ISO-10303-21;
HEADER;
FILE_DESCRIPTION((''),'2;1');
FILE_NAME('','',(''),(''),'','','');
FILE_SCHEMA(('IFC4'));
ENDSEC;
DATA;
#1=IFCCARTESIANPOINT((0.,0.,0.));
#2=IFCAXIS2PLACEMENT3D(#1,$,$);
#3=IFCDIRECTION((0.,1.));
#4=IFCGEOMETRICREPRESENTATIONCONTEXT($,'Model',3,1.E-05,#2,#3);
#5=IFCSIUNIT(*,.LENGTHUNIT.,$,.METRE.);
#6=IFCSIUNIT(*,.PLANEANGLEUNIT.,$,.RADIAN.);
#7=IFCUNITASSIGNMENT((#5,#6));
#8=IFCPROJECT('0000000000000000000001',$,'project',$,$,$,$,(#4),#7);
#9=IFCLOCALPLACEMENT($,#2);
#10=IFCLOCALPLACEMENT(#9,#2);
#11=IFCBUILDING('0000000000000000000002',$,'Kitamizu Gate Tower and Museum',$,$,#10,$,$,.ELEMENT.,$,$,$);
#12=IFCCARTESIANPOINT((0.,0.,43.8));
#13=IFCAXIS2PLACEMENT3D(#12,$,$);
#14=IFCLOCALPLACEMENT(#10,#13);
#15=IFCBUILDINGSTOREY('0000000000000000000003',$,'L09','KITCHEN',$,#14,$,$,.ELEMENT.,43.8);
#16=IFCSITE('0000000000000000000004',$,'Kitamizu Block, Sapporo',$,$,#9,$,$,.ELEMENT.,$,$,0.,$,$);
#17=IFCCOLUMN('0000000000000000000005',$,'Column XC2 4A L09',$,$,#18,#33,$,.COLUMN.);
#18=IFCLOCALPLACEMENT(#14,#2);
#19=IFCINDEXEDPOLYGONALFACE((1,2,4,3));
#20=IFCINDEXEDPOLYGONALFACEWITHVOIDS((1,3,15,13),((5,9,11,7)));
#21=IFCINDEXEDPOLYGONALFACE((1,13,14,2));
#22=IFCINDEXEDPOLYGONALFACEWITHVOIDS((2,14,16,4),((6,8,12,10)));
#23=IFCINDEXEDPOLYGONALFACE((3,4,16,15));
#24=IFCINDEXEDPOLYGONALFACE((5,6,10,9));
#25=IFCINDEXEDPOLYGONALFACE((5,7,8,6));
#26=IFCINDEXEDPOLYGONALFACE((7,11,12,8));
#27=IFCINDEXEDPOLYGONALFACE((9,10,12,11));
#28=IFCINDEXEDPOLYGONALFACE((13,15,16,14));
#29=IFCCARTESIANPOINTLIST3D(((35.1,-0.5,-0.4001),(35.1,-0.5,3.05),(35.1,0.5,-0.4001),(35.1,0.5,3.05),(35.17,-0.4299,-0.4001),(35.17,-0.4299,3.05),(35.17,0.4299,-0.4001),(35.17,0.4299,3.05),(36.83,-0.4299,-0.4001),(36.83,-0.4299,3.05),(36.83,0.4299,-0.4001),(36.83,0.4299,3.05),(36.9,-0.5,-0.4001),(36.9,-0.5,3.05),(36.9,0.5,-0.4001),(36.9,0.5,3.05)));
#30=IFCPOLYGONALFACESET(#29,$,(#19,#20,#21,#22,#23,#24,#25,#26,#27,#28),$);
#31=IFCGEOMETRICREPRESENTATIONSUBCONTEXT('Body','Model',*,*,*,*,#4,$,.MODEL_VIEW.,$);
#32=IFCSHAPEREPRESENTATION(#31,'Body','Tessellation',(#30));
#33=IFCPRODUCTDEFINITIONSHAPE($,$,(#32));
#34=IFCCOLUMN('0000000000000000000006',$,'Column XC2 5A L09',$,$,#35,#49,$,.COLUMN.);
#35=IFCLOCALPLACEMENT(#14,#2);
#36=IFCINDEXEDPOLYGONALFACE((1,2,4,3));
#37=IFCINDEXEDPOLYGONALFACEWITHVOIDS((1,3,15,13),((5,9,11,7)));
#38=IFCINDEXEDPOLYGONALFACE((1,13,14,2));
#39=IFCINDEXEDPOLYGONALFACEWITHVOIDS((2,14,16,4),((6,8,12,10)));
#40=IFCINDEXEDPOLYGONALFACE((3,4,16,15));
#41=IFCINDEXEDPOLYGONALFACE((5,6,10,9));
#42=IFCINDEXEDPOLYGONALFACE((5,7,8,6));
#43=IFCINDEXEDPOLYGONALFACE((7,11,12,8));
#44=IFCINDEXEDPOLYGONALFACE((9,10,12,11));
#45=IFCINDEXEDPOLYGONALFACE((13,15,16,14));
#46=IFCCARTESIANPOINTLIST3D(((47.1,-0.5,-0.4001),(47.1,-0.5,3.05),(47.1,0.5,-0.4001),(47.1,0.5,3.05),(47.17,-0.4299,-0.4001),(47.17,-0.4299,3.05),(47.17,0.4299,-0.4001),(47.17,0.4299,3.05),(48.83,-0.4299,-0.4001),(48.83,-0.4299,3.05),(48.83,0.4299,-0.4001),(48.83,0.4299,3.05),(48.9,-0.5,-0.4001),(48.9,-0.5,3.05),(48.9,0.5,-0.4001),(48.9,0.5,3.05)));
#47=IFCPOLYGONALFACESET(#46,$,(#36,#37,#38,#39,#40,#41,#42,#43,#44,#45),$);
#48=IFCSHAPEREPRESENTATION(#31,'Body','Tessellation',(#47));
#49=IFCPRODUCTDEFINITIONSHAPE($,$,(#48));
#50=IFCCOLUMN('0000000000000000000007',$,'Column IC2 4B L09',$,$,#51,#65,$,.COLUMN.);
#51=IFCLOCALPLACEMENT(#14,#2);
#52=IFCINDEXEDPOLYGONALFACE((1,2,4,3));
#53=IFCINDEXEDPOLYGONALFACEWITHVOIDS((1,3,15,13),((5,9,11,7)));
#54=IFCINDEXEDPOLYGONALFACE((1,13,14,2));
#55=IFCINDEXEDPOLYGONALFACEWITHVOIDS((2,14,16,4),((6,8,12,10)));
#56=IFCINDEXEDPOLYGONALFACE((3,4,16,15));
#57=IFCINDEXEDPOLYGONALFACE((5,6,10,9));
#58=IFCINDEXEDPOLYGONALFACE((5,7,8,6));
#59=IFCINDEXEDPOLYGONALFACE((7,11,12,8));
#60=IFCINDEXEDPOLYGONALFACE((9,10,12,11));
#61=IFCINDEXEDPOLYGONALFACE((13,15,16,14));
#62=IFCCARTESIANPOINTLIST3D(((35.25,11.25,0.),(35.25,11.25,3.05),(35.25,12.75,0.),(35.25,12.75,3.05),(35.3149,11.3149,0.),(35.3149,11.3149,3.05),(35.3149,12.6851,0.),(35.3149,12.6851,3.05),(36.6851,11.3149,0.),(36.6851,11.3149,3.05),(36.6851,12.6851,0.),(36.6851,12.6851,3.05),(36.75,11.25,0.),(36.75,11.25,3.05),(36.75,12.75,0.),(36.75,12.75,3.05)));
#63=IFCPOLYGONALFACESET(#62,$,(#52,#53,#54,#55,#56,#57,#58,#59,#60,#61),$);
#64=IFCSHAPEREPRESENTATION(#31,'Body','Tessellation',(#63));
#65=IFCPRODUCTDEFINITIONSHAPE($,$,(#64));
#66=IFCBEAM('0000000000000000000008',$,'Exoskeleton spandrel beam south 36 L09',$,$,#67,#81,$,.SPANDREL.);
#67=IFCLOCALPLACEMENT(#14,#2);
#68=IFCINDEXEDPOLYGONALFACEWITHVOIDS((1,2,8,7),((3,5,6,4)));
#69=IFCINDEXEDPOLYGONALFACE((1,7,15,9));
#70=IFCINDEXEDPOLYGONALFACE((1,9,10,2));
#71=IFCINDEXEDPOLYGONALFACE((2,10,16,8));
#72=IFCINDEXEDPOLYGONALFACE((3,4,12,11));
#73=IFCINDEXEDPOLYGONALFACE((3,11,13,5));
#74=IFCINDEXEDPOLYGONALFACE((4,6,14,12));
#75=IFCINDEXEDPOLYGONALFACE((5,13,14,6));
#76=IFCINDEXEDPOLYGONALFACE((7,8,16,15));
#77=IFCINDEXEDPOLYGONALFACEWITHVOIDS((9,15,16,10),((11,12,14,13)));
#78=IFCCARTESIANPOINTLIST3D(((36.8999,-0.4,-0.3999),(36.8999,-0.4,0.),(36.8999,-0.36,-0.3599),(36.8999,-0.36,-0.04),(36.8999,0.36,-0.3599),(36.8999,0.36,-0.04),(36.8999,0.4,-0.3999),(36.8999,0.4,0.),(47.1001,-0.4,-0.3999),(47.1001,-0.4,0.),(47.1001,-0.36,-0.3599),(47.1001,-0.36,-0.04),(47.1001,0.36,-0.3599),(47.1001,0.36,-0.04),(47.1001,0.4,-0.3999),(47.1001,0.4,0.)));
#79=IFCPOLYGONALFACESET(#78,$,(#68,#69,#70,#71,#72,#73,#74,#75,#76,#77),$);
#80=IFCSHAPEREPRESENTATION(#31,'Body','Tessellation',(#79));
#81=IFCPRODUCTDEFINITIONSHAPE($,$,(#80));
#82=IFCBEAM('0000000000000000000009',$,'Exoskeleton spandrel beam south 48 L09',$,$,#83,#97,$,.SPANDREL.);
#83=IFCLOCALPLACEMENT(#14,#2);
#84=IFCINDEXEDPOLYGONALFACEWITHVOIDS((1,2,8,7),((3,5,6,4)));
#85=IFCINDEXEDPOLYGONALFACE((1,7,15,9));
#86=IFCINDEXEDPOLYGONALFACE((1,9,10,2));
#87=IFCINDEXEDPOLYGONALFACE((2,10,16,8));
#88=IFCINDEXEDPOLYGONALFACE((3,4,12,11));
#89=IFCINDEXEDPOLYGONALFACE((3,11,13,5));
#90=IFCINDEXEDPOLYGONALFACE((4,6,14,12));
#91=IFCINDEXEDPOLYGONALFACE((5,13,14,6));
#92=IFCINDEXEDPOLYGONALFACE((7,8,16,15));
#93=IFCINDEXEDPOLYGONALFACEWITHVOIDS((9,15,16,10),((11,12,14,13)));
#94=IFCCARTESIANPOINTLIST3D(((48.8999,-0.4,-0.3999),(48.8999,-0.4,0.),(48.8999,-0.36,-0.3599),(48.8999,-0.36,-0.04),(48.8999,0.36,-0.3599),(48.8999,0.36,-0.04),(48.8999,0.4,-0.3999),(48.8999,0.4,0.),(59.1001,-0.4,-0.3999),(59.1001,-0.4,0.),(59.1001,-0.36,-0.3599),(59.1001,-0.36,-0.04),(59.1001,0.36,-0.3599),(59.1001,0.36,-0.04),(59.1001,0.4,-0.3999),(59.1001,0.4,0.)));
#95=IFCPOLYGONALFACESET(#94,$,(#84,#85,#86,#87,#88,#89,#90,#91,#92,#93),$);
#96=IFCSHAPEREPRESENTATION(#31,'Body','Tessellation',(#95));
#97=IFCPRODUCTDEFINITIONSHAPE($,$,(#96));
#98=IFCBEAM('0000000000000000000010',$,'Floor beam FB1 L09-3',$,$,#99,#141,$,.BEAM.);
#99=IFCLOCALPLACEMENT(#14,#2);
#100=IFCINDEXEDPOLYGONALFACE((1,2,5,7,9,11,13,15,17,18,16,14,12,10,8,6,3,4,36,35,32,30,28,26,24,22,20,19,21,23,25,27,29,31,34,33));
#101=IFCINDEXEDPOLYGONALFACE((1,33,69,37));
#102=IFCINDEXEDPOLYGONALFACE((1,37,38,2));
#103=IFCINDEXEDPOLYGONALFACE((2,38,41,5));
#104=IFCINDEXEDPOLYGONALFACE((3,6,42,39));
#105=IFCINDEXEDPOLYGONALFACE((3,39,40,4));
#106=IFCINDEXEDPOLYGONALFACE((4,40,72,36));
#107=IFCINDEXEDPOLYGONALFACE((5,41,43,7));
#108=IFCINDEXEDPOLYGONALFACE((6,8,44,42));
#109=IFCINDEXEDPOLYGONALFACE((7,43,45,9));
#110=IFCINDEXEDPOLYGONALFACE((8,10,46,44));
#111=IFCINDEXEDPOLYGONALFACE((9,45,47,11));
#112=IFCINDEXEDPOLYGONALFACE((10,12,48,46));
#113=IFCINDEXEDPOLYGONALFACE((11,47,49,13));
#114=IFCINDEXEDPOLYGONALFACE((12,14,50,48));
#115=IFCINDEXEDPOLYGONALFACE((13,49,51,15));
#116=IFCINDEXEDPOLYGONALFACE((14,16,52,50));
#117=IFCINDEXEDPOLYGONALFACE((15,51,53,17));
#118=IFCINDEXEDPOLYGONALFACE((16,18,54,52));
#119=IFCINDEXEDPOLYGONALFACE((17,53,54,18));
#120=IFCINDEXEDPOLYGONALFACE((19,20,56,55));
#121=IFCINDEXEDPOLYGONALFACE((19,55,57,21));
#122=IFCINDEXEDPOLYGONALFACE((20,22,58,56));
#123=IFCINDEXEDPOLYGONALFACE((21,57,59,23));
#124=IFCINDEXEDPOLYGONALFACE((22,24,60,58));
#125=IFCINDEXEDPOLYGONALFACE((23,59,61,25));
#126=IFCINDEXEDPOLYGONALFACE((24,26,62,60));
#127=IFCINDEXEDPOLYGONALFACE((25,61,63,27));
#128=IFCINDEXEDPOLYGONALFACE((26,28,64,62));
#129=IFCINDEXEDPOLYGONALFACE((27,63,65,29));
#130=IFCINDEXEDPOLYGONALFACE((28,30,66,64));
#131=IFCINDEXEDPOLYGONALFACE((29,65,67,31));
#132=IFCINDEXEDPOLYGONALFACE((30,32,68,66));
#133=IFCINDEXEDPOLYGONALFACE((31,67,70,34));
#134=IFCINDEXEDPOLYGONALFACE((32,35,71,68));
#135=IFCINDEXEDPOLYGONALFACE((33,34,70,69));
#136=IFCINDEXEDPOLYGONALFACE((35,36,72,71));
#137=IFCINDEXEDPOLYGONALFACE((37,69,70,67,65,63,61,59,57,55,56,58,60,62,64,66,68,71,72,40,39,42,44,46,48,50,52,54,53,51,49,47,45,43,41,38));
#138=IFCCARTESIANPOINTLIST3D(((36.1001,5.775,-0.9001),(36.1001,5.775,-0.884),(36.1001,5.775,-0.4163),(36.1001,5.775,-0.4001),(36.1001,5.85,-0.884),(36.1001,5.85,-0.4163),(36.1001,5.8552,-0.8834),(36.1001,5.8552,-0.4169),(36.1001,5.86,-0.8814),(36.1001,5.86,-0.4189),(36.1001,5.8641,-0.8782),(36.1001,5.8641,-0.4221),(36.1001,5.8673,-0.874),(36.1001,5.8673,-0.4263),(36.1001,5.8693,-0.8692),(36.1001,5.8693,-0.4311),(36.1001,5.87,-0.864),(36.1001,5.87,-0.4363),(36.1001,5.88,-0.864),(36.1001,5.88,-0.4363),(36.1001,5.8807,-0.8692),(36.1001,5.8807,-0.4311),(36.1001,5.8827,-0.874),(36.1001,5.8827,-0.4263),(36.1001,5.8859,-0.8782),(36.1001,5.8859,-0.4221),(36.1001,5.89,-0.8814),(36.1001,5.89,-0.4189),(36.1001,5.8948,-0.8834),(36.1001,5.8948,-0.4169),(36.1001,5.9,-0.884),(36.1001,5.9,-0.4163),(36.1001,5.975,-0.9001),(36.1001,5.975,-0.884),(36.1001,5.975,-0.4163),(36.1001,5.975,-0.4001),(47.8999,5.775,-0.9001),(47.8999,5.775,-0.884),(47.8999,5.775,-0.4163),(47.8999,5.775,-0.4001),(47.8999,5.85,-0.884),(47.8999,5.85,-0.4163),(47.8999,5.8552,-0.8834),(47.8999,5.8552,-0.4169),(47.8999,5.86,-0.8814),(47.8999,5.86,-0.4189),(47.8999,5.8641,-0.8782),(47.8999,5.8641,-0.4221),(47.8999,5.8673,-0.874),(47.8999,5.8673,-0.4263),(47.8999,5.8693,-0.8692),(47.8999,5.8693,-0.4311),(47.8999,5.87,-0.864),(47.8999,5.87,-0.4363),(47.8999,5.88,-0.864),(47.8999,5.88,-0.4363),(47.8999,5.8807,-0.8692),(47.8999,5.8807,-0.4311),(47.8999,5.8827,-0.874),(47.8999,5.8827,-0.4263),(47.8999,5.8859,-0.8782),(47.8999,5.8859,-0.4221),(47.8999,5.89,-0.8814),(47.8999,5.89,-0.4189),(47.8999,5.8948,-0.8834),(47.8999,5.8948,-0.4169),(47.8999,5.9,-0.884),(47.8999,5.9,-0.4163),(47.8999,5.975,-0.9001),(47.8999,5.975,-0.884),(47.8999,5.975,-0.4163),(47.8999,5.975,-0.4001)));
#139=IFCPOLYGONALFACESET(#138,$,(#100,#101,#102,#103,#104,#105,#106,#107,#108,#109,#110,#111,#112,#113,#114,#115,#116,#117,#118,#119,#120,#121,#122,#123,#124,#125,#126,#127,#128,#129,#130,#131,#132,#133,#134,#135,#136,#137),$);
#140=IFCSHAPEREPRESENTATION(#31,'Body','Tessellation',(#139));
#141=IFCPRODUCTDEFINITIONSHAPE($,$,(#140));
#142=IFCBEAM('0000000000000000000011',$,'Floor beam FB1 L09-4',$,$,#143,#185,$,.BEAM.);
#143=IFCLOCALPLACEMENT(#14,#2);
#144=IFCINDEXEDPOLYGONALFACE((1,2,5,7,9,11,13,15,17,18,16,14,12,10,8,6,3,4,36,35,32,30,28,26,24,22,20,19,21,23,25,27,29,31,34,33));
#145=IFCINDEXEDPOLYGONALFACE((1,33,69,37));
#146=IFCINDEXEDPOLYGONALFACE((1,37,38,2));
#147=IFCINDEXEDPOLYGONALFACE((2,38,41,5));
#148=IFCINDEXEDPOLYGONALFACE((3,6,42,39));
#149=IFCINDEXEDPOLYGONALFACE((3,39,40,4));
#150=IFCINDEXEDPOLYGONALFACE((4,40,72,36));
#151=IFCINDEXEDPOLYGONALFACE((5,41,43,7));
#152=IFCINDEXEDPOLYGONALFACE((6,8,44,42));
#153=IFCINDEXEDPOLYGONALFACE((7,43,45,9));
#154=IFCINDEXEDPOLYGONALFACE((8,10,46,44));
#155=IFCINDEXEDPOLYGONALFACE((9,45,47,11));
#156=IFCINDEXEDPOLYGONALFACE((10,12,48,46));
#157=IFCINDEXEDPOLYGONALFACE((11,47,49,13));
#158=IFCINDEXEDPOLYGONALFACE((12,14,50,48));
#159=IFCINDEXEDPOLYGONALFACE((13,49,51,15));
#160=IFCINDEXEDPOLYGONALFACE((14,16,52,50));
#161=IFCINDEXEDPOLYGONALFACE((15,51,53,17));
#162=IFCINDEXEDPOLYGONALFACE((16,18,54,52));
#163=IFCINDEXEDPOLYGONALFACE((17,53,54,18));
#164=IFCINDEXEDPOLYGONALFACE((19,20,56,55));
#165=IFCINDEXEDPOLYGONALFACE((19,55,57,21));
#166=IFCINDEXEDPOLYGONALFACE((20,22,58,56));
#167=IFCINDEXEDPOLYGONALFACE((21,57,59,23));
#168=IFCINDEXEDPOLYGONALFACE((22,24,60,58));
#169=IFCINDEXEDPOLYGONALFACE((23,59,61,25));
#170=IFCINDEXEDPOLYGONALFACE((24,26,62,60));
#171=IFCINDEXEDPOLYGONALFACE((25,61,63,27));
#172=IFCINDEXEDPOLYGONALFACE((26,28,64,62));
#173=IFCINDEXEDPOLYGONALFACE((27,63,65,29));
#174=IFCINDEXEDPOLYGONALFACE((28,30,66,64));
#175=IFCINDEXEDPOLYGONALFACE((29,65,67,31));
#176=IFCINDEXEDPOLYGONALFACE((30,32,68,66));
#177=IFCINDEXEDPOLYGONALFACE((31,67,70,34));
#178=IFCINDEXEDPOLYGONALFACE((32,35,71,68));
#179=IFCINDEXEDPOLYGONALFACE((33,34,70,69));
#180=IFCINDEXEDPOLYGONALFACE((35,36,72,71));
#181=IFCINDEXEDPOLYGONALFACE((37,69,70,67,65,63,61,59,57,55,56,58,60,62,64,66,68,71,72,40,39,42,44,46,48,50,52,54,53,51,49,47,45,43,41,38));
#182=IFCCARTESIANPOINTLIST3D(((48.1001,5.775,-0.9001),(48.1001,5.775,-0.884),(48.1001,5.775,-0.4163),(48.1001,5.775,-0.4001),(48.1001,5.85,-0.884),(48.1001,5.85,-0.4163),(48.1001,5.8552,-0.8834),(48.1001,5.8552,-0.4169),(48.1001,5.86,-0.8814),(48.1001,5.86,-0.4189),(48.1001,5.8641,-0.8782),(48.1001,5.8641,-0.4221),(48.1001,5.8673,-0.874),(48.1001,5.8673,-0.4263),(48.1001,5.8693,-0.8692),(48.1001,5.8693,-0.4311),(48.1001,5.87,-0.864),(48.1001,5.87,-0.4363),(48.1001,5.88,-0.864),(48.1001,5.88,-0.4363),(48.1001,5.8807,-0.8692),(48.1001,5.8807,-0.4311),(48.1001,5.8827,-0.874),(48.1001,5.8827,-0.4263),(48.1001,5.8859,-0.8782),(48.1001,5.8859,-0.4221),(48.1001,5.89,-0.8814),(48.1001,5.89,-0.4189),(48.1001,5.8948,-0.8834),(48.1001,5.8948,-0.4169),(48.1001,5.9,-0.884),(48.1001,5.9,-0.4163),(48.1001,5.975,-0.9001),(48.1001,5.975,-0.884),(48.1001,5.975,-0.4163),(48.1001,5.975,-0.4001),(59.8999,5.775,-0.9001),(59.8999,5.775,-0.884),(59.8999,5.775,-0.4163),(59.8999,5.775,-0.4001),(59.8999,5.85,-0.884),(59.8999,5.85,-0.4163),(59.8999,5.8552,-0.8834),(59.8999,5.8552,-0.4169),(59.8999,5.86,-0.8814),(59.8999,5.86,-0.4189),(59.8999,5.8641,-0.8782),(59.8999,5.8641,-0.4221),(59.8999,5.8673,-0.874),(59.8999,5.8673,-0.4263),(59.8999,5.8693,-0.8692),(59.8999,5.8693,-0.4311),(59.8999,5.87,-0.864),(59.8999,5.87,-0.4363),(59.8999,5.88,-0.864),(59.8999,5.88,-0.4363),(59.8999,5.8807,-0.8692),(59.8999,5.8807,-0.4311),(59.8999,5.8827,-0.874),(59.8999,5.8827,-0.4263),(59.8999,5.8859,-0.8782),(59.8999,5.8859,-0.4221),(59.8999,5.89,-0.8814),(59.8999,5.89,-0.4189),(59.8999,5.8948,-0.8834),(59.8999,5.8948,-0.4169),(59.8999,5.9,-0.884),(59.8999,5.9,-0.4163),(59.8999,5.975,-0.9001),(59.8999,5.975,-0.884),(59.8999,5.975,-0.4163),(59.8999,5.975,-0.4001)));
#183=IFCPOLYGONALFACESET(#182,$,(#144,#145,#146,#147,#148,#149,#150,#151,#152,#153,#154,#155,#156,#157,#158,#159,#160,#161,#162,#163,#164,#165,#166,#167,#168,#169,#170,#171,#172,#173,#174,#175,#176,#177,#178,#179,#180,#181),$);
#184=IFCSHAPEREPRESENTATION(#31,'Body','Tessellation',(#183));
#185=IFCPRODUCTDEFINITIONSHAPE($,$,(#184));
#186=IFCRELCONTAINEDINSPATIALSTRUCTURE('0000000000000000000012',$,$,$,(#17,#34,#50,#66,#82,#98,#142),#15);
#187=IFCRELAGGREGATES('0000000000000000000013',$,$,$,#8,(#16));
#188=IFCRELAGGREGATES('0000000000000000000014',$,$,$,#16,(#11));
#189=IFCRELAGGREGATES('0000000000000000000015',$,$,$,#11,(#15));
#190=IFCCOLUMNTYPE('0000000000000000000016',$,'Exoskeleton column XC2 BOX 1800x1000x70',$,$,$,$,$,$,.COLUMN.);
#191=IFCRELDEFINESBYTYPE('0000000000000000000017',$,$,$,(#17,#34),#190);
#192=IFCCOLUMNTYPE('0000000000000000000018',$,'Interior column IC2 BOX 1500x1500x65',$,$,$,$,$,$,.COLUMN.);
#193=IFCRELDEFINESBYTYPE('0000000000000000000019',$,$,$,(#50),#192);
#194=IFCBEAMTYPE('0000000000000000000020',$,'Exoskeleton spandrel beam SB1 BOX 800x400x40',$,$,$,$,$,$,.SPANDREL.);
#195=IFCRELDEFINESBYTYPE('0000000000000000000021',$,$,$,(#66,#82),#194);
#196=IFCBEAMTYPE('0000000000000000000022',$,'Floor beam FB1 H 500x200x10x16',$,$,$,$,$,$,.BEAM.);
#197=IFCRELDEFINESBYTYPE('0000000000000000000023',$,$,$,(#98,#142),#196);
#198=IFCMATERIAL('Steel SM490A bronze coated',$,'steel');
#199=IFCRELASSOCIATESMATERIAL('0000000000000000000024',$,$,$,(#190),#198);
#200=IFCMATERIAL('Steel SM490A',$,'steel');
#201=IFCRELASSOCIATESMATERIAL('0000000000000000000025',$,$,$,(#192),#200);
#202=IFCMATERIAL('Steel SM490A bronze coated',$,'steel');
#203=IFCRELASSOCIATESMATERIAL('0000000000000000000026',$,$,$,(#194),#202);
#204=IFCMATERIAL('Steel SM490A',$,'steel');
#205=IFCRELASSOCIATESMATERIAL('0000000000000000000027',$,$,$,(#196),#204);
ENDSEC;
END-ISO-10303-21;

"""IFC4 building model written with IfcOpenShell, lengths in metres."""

from ifc_helpers import new_model, si_unit, direction, frame, origin, origin_2d, place, context, subcontext, project, spatial, hollow_rectangle, i_section, extrude, material, material_profile, profile_set, type_object, element, save


model = new_model("IFC4")

# Units and contexts
model_context = context("Model", 3, precision=1e-05, world=origin(), true_north=direction((0.0, 1.0)))
body_context = subcontext(model_context, "Body", "Model", "MODEL_VIEW")
ifc_project = project(units=[si_unit("LENGTHUNIT", "METRE"), si_unit("PLANEANGLEUNIT", "RADIAN")], contexts=[model_context])

# Site, building, storey
site_placement = place(None, origin())
site = spatial("IfcSite", under=ifc_project, at=site_placement, Name="Kitamizu Block, Sapporo", CompositionType="ELEMENT", RefElevation=0.0)
building_placement = place(site_placement, origin())
building = spatial("IfcBuilding", under=site, at=building_placement, Name="Kitamizu Gate Tower and Museum", CompositionType="ELEMENT")
storey_placement = place(building_placement, frame((0.0, 0.0, 43.8)))
storey = spatial("IfcBuildingStorey", under=building, at=storey_placement, Name="L09", Description="KITCHEN", CompositionType="ELEMENT", Elevation=43.8)

# Columns
ifc_material_1 = material(Name="Steel SM490A bronze coated", Category="steel")
ifc_material_profile_1 = material_profile(ifc_material_1, hollow_rectangle(XDim=1.8, YDim=1.0, WallThickness=0.0701, at=origin_2d()), Name="BOX 1800x1000x70")
ifc_profile_set_1 = profile_set([ifc_material_profile_1], Name="Steel SM490A bronze coated")
column_type_1 = type_object("IfcColumnType", Name="Exoskeleton column XC2 BOX 1800x1000x70", PredefinedType="COLUMN", material=ifc_profile_set_1)
for number, where, z_axis, x_axis, name in (
    (1, (36.0, 0.0, -0.4001), (0.0, 0.0, 1.0), (1.0, 0.0, 0.0), "Column XC2 4A L09"),
    (2, (48.0, 0.0, -0.4001), (0.0, 0.0, 1.0), (1.0, 0.0, 0.0), "Column XC2 5A L09"),
):
    element("IfcColumn", number, at=place(storey_placement, frame(where, z_axis=z_axis, x_axis=x_axis)), inside=storey, type_object=column_type_1, Name=name, PredefinedType="COLUMN", context=body_context, shape_type="SweptSolid", body=[
        extrude(hollow_rectangle(XDim=1.8, YDim=1.0, WallThickness=0.0701, at=origin_2d()), origin(), (0.0, 0.0, 1.0), 3.4502),
    ])
ifc_material_2 = material(Name="Steel SM490A", Category="steel")
ifc_material_profile_2 = material_profile(ifc_material_2, hollow_rectangle(XDim=1.5, YDim=1.5, WallThickness=0.0649, at=origin_2d()), Name="BOX 1500x1500x65")
ifc_profile_set_2 = profile_set([ifc_material_profile_2], Name="Steel SM490A")
column_type_2 = type_object("IfcColumnType", Name="Interior column IC2 BOX 1500x1500x65", PredefinedType="COLUMN", material=ifc_profile_set_2)
column_placement = place(storey_placement, frame((36.0, 12.0, 0.0), z_axis=(0.0, 0.0, 1.0), x_axis=(1.0, 0.0, 0.0)))
element("IfcColumn", 3, at=column_placement, inside=storey, type_object=column_type_2, Name="Column IC2 4B L09", PredefinedType="COLUMN", context=body_context, shape_type="SweptSolid", body=[
    extrude(hollow_rectangle(XDim=1.5, YDim=1.5, WallThickness=0.0649, at=origin_2d()), origin(), (0.0, 0.0, 1.0), 3.05),
])

# Beams
ifc_material_3 = material(Name="Steel SM490A bronze coated", Category="steel")
ifc_material_profile_3 = material_profile(ifc_material_3, hollow_rectangle(XDim=0.8, YDim=0.3999, WallThickness=0.04, at=origin_2d()), Name="BOX 800x400x40")
ifc_profile_set_3 = profile_set([ifc_material_profile_3], Name="Steel SM490A bronze coated")
beam_type_1 = type_object("IfcBeamType", Name="Exoskeleton spandrel beam SB1 BOX 800x400x40", PredefinedType="SPANDREL", material=ifc_profile_set_3)
for number, where, z_axis, x_axis, name in (
    (4, (36.8999, 0.0, -0.2), (1.0, 0.0, 0.0), (0.0, 1.0, 0.0), "Exoskeleton spandrel beam south 36 L09"),
    (5, (48.8999, 0.0, -0.2), (1.0, 0.0, 0.0), (0.0, 1.0, 0.0), "Exoskeleton spandrel beam south 48 L09"),
):
    element("IfcBeam", number, at=place(storey_placement, frame(where, z_axis=z_axis, x_axis=x_axis)), inside=storey, type_object=beam_type_1, Name=name, PredefinedType="SPANDREL", context=body_context, shape_type="SweptSolid", body=[
        extrude(hollow_rectangle(XDim=0.8, YDim=0.3999, WallThickness=0.04, at=origin_2d()), origin(), (0.0, 0.0, 1.0), 10.2002),
    ])
ifc_material_4 = material(Name="Steel SM490A", Category="steel")
ifc_material_profile_4 = material_profile(ifc_material_4, i_section(OverallWidth=0.2, OverallDepth=0.5, WebThickness=0.01, FlangeThickness=0.0161, FilletRadius=0.02, at=origin_2d()), Name="H-500x200x10x16")
ifc_profile_set_4 = profile_set([ifc_material_profile_4], Name="Steel SM490A")
beam_type_2 = type_object("IfcBeamType", Name="Floor beam FB1 H 500x200x10x16", PredefinedType="BEAM", material=ifc_profile_set_4)
for number, where, z_axis, x_axis, name in (
    (6, (36.1001, 5.875, -0.6501), (1.0, 0.0, 0.0), (0.0, 1.0, 0.0), "Floor beam FB1 L09-3"),
    (7, (48.1001, 5.875, -0.6501), (1.0, 0.0, 0.0), (0.0, 1.0, 0.0), "Floor beam FB1 L09-4"),
):
    element("IfcBeam", number, at=place(storey_placement, frame(where, z_axis=z_axis, x_axis=x_axis)), inside=storey, type_object=beam_type_2, Name=name, PredefinedType="BEAM", context=body_context, shape_type="SweptSolid", body=[
        extrude(i_section(OverallWidth=0.2, OverallDepth=0.5, WebThickness=0.01, FlangeThickness=0.0161, FilletRadius=0.02, at=origin_2d()), origin(), (0.0, 0.0, 1.0), 11.7998),
    ])

save(model, "model.ifc")
